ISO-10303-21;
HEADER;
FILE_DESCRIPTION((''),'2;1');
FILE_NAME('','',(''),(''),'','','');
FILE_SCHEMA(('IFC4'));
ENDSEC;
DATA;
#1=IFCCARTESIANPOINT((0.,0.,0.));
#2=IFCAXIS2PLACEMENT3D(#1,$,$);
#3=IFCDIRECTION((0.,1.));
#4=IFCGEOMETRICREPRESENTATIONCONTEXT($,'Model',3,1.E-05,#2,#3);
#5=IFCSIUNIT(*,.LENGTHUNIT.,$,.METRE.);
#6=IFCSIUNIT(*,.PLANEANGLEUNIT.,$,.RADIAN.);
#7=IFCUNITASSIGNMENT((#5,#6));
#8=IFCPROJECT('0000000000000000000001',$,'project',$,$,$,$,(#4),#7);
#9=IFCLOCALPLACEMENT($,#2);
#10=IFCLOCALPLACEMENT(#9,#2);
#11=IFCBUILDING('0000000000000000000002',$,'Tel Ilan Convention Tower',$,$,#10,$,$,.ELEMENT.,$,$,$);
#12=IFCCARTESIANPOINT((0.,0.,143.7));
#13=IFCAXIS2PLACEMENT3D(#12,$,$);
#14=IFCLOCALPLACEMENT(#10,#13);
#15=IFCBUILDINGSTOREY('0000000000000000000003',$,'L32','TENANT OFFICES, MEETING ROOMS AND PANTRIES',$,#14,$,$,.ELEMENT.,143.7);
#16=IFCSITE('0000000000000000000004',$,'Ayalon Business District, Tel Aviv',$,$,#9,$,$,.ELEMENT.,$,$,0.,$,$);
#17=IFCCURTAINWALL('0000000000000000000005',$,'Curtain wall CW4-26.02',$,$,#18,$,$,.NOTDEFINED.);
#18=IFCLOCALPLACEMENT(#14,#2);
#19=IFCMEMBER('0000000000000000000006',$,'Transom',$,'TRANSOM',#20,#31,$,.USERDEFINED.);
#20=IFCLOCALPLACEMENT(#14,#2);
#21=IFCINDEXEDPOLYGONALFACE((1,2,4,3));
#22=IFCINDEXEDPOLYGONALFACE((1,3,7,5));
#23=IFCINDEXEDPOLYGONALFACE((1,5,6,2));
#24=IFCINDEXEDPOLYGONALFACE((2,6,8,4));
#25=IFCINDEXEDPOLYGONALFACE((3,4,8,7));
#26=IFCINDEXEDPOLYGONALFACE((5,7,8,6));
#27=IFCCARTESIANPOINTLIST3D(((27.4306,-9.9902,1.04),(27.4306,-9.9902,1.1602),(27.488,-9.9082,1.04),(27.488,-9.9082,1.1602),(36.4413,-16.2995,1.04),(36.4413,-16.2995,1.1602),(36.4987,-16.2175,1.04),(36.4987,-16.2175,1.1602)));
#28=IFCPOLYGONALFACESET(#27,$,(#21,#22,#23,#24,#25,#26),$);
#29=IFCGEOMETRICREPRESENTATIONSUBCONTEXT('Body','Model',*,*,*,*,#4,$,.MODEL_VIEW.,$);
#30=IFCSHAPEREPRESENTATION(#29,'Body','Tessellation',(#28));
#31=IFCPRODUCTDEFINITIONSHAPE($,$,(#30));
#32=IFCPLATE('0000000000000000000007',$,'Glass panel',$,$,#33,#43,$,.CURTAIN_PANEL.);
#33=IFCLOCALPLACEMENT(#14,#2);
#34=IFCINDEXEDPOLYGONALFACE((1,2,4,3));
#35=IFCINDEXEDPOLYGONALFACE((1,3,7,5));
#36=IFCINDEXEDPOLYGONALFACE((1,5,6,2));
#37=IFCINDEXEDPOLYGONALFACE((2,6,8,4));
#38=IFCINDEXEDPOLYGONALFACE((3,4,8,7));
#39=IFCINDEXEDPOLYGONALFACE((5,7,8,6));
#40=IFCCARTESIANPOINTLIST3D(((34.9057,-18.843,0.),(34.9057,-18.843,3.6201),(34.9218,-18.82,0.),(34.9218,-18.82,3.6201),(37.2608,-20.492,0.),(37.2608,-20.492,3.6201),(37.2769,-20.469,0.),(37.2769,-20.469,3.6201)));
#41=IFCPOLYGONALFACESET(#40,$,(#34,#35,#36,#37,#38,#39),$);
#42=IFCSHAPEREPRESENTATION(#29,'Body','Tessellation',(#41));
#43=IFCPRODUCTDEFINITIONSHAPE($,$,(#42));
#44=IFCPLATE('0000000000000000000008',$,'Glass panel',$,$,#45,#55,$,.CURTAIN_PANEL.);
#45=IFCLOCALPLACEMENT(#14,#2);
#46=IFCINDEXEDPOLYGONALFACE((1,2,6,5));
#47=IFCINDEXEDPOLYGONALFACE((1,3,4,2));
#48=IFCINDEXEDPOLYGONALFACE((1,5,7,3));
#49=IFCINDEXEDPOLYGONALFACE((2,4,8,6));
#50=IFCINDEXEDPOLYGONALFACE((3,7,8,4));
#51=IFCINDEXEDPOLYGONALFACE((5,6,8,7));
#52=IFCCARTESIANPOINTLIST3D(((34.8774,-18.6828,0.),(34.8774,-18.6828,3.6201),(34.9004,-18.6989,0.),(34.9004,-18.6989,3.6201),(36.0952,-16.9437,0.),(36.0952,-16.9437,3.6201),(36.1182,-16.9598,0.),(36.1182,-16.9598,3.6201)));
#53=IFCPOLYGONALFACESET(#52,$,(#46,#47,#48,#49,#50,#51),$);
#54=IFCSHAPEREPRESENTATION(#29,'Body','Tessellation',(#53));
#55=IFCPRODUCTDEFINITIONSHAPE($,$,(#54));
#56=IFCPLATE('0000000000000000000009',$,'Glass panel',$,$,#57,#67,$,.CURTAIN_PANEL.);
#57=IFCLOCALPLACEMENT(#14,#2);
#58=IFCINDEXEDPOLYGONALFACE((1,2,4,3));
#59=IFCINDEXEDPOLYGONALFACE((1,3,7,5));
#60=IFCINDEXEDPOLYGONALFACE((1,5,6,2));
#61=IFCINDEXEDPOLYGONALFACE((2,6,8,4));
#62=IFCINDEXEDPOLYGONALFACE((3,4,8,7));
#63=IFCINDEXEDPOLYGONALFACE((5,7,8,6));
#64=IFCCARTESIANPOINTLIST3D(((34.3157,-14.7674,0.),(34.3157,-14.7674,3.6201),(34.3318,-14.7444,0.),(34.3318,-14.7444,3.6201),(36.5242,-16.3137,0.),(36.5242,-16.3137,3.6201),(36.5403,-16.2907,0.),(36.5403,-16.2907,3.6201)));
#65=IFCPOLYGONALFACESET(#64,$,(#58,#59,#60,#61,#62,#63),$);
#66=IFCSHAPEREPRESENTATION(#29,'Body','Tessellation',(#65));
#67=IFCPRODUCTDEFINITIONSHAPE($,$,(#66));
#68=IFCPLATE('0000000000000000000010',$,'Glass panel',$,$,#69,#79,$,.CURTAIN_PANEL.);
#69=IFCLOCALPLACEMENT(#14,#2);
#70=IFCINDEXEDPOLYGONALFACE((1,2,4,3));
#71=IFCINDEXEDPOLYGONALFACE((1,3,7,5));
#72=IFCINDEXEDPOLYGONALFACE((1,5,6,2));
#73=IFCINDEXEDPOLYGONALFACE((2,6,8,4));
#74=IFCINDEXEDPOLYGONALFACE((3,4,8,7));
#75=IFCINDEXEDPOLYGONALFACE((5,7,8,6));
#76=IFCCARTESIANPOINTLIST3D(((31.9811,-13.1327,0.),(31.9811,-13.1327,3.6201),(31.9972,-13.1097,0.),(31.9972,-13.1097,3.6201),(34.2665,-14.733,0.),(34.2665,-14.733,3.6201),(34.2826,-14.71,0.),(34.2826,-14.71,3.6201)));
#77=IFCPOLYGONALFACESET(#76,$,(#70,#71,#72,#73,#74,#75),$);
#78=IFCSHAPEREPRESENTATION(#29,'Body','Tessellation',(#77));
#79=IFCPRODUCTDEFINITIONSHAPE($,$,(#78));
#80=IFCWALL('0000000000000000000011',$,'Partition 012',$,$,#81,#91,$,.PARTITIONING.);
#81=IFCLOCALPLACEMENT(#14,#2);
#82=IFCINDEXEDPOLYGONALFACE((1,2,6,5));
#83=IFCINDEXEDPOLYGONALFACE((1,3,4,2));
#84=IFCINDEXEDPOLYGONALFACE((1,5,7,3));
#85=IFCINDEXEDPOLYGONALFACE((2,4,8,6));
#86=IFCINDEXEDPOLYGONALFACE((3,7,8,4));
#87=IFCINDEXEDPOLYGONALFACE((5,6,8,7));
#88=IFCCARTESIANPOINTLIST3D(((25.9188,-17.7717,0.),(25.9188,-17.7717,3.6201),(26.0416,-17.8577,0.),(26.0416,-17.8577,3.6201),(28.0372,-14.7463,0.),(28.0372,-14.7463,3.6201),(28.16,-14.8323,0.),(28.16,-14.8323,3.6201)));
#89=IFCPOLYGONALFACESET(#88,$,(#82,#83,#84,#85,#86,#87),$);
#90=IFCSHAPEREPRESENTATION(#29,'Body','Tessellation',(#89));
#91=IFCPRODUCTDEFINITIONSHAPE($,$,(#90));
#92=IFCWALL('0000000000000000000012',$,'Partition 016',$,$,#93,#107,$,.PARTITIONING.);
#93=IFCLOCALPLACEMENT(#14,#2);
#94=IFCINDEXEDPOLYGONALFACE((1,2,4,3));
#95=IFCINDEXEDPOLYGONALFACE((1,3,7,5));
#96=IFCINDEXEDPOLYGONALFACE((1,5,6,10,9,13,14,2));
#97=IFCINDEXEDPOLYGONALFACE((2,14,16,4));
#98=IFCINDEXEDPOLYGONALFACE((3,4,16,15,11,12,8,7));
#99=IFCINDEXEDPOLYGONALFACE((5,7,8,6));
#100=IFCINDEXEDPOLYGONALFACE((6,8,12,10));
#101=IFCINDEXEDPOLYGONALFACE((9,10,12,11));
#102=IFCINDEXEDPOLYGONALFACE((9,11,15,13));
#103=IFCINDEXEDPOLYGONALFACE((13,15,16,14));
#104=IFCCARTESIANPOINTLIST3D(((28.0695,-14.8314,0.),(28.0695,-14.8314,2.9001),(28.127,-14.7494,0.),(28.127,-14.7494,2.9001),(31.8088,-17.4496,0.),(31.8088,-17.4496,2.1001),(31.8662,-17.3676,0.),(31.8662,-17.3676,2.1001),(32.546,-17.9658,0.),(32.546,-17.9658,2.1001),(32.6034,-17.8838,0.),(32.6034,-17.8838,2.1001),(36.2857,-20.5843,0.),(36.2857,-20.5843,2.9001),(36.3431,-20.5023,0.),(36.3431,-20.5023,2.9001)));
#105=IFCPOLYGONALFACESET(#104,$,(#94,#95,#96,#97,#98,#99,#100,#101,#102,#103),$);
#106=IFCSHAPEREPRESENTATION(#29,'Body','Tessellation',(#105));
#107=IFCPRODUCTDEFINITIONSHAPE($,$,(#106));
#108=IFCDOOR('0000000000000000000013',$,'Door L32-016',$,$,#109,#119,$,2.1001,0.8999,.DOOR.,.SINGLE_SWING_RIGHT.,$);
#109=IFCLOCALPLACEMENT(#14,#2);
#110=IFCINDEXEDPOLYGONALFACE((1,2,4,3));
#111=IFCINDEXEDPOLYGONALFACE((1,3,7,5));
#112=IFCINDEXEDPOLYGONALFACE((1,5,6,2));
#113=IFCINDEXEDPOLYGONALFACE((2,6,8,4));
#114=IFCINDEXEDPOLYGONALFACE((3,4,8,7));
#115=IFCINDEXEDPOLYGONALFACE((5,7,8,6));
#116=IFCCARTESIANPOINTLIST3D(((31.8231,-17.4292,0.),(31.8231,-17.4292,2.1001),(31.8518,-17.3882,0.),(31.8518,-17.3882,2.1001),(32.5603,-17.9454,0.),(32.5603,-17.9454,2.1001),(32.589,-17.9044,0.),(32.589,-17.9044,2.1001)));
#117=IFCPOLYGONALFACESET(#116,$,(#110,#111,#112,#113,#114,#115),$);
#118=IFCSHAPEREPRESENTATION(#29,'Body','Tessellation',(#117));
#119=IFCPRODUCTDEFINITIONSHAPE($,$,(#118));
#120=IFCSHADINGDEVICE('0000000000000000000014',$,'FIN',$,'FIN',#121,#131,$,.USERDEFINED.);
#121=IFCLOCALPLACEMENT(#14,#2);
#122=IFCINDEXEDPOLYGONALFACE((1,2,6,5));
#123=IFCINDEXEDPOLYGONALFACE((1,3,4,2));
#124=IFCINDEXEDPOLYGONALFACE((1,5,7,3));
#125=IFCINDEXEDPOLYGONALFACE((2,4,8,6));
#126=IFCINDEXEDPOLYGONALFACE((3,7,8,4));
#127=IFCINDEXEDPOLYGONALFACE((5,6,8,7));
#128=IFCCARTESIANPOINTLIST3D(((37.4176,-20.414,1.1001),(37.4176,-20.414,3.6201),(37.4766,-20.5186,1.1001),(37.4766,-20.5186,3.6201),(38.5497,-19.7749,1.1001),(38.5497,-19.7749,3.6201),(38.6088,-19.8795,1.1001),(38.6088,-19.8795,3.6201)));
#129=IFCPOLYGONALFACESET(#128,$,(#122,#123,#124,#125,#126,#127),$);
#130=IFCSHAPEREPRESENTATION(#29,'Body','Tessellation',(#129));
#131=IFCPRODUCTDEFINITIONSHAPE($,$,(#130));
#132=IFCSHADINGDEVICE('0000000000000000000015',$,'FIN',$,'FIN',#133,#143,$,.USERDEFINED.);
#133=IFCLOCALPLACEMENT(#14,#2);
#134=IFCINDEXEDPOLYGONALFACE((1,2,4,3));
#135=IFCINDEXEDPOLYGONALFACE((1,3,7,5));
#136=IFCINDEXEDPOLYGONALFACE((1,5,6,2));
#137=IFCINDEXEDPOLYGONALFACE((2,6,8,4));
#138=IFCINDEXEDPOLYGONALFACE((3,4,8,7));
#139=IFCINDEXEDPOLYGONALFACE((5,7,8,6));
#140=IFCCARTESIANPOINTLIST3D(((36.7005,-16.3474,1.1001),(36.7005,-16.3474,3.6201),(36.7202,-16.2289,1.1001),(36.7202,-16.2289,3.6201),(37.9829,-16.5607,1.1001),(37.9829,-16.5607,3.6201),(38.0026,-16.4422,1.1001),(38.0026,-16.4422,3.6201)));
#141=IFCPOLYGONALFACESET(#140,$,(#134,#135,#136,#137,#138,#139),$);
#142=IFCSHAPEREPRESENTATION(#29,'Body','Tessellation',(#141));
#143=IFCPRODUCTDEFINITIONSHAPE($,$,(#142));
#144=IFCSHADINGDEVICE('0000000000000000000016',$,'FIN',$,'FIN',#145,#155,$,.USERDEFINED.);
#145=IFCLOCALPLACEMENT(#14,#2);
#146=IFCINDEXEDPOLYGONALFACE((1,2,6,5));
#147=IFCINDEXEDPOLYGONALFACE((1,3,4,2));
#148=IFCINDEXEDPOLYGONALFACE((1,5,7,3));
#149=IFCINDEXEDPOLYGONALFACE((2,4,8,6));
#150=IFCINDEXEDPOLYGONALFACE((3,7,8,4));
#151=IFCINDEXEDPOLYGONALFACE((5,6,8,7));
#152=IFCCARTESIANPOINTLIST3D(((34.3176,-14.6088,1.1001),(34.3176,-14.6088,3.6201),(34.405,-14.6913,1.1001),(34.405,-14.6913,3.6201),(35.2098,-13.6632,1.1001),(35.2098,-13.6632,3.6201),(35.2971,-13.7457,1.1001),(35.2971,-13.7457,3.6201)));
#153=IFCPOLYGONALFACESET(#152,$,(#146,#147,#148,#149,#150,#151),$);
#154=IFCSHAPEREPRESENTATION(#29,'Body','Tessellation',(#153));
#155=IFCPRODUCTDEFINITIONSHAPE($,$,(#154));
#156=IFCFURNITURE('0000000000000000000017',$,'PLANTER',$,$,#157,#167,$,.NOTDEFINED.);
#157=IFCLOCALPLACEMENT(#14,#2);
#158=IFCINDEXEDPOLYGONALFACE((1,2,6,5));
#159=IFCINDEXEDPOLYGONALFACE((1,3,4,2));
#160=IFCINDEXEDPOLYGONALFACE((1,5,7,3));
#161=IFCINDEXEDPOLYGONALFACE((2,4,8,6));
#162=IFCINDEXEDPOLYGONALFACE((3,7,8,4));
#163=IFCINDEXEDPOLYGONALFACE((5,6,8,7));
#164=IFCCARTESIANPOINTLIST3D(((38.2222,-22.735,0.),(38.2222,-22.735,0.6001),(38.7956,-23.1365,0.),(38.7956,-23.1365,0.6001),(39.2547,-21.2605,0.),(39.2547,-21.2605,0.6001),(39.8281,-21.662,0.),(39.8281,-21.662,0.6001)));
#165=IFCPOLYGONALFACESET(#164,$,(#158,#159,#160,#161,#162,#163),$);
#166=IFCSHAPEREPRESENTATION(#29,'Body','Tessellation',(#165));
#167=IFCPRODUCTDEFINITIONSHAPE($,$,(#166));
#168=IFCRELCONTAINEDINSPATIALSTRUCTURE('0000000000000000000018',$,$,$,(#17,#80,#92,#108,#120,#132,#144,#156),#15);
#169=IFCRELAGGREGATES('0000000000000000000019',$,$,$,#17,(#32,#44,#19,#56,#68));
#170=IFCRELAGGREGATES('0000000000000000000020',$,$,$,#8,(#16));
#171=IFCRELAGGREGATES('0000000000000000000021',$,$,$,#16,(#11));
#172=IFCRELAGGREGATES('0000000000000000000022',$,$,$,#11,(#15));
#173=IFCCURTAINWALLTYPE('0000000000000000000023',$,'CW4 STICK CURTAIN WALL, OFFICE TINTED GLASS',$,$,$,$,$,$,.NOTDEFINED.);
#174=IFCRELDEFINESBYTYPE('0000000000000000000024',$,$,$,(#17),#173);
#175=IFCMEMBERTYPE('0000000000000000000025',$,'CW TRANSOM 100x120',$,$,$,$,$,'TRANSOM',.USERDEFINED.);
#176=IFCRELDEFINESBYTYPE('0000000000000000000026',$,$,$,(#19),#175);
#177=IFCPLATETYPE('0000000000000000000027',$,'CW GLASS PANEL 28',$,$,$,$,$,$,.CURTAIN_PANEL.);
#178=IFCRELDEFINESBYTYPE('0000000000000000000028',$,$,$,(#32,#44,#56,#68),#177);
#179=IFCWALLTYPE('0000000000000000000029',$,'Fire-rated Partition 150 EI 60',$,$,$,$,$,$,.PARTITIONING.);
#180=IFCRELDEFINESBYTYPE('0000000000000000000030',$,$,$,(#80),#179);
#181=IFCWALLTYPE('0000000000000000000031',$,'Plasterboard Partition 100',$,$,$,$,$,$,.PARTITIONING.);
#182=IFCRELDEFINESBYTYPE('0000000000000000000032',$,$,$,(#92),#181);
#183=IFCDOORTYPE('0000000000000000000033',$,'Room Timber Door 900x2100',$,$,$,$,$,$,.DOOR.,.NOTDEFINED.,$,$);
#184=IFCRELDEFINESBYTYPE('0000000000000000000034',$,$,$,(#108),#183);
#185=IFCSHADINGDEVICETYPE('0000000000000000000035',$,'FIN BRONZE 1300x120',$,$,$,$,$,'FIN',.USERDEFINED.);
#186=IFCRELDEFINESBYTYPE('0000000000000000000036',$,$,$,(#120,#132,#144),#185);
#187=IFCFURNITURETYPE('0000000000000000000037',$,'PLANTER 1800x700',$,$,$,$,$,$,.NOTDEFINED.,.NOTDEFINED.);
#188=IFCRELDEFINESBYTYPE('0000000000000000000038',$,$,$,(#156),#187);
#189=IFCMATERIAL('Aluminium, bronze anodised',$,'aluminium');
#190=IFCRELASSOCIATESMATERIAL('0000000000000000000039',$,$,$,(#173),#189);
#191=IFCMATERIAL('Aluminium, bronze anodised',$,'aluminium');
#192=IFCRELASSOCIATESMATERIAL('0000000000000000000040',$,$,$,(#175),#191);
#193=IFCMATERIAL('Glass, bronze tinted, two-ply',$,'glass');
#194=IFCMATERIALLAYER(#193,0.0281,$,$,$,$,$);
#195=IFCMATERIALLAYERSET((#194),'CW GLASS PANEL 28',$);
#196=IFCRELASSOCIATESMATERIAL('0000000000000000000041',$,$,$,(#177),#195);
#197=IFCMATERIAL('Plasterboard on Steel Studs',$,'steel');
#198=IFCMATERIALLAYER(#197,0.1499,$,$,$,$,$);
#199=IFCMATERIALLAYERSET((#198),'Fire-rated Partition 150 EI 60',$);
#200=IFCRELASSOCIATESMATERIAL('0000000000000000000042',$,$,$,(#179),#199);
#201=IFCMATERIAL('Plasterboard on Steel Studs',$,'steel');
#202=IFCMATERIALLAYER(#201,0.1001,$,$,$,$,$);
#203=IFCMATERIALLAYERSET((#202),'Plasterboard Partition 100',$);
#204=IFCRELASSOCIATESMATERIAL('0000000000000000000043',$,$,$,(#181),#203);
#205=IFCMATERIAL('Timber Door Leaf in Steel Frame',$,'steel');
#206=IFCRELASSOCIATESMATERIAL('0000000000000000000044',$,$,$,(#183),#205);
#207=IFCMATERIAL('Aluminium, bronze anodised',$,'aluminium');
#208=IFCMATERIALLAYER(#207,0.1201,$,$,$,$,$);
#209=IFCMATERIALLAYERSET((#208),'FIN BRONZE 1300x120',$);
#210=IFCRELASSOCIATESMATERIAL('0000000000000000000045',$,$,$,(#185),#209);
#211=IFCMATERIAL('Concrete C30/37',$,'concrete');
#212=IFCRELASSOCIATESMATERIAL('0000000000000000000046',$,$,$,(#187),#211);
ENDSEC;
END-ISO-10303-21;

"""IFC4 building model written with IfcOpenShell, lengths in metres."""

from ifc_helpers import new_model, si_unit, direction, frame, frame_2d, origin, origin_2d, place, context, subcontext, project, spatial, rectangle, extrude, material, layer, layer_set, material_profile, profile_set, type_object, element, fill, aggregate, save


model = new_model("IFC4")

# Units and contexts
model_context = context("Model", 3, precision=1e-05, world=origin(), true_north=direction((0.0, 1.0)))
body_context = subcontext(model_context, "Body", "Model", "MODEL_VIEW")
ifc_project = project(units=[si_unit("LENGTHUNIT", "METRE"), si_unit("PLANEANGLEUNIT", "RADIAN")], contexts=[model_context])

# Site, building, storey
site_placement = place(None, origin())
site = spatial("IfcSite", under=ifc_project, at=site_placement, Name="Ayalon Business District, Tel Aviv", CompositionType="ELEMENT", RefElevation=0.0)
building_placement = place(site_placement, origin())
building = spatial("IfcBuilding", under=site, at=building_placement, Name="Tel Ilan Convention Tower", CompositionType="ELEMENT")
storey_placement = place(building_placement, frame((0.0, 0.0, 143.7)))
storey = spatial("IfcBuildingStorey", under=building, at=storey_placement, Name="L32", Description="TENANT OFFICES, MEETING ROOMS AND PANTRIES", CompositionType="ELEMENT", Elevation=143.7)

# Curtain wall, member, plates
ifc_material_1 = material(Name="Aluminium, bronze anodised", Category="aluminium")
curtain_wall_type = type_object("IfcCurtainWallType", Name="CW4 STICK CURTAIN WALL, OFFICE TINTED GLASS", PredefinedType="NOTDEFINED", material=ifc_material_1)
curtain_wall_placement = place(storey_placement, origin())
curtain_wall = element("IfcCurtainWall", 1, at=curtain_wall_placement, inside=storey, type_object=curtain_wall_type, Name="Curtain wall CW4-26.02", PredefinedType="NOTDEFINED")
ifc_material_2 = material(Name="Aluminium, bronze anodised", Category="aluminium")
ifc_material_profile_1 = material_profile(ifc_material_2, rectangle(XDim=0.1001, YDim=0.1201, at=origin_2d()), Name="CW TRANSOM 100x120")
ifc_profile_set_1 = profile_set([ifc_material_profile_1], Name="Aluminium, bronze anodised")
member_type_1 = type_object("IfcMemberType", Name="CW TRANSOM 100x120", ElementType="TRANSOM", PredefinedType="USERDEFINED", material=ifc_profile_set_1)
member_1_placement = place(storey_placement, frame((36.47, -16.2585, 1.1001), z_axis=(-0.819155, 0.573573, 0.0), x_axis=(-0.573573, -0.819155, 0.0)))
member_1 = element("IfcMember", 2, at=member_1_placement, type_object=member_type_1, Name="Transom", ObjectType="TRANSOM", PredefinedType="USERDEFINED", context=body_context, shape_type="SweptSolid", body=[
    extrude(rectangle(XDim=0.1001, YDim=0.1201, at=origin_2d()), origin(), (0.0, 0.0, 1.0), 11.0),
])
ifc_material_3 = material(Name="Glass, bronze tinted, two-ply", Category="glass")
ifc_layer_1 = layer(ifc_material_3, 0.0281)
ifc_layer_set_1 = layer_set([ifc_layer_1], Name="CW GLASS PANEL 28")
plate_type = type_object("IfcPlateType", Name="CW GLASS PANEL 28", PredefinedType="CURTAIN_PANEL", material=ifc_layer_set_1)
plate_1_placement = place(storey_placement, frame((36.0913, -19.656, 0.0), z_axis=(0.0, 0.0, 1.0), x_axis=(-0.819152, 0.573576, 0.0)))
plate_1 = element("IfcPlate", 3, at=plate_1_placement, type_object=plate_type, Name="Glass panel", PredefinedType="CURTAIN_PANEL", context=body_context, shape_type="SweptSolid", body=[
    extrude(rectangle(XDim=2.875, YDim=0.0281, at=origin_2d()), origin(), (0.0, 0.0, 1.0), 3.6201),
])
plate_2_placement = place(storey_placement, frame((35.4978, -17.8213, 0.0), z_axis=(0.0, 0.0, 1.0), x_axis=(0.573576, 0.819152, 0.0)))
plate_2 = element("IfcPlate", 4, at=plate_2_placement, type_object=plate_type, Name="Glass panel", PredefinedType="CURTAIN_PANEL", context=body_context, shape_type="SweptSolid", body=[
    extrude(rectangle(XDim=2.123, YDim=0.0281, at=origin_2d()), origin(), (0.0, 0.0, 1.0), 3.6201),
])
plate_3_placement = place(storey_placement, frame((35.428, -15.5291, 0.0), z_axis=(0.0, 0.0, 1.0), x_axis=(-0.819152, 0.573576, 0.0)))
plate_3 = element("IfcPlate", 5, at=plate_3_placement, type_object=plate_type, Name="Glass panel", PredefinedType="CURTAIN_PANEL", context=body_context, shape_type="SweptSolid", body=[
    extrude(rectangle(XDim=2.696, YDim=0.0281, at=origin_2d()), origin(), (0.0, 0.0, 1.0), 3.6201),
])
plate_4_placement = place(storey_placement, frame((33.1318, -13.9214, 0.0), z_axis=(0.0, 0.0, 1.0), x_axis=(-0.819152, 0.573576, 0.0)))
plate_4 = element("IfcPlate", 6, at=plate_4_placement, type_object=plate_type, Name="Glass panel", PredefinedType="CURTAIN_PANEL", context=body_context, shape_type="SweptSolid", body=[
    extrude(rectangle(XDim=2.79, YDim=0.0281, at=origin_2d()), origin(), (0.0, 0.0, 1.0), 3.6201),
])
aggregate(curtain_wall, [plate_1, plate_2, member_1, plate_3, plate_4])

# Wall
ifc_material_4 = material(Name="Plasterboard on Steel Studs", Category="steel")
ifc_layer_2 = layer(ifc_material_4, 0.1499)
ifc_layer_set_2 = layer_set([ifc_layer_2], Name="Fire-rated Partition 150 EI 60")
wall_type_1 = type_object("IfcWallType", Name="Fire-rated Partition 150 EI 60", PredefinedType="PARTITIONING", material=ifc_layer_set_2)
wall_1_placement = place(storey_placement, frame((28.0986, -14.7893, 0.0), z_axis=(0.0, 0.0, 1.0), x_axis=(-0.573578, -0.819151, 0.0)))
element("IfcWall", 7, at=wall_1_placement, inside=storey, type_object=wall_type_1, Name="Partition 012", PredefinedType="PARTITIONING", context=body_context, shape_type="SweptSolid", body=[
    extrude(rectangle(XDim=3.6934, YDim=0.1499, at=frame_2d((1.8467, 0.0))), origin(), (0.0, 0.0, 1.0), 3.6201),
])

# Wall, opening, door
ifc_material_5 = material(Name="Plasterboard on Steel Studs", Category="steel")
ifc_layer_3 = layer(ifc_material_5, 0.1001)
ifc_layer_set_3 = layer_set([ifc_layer_3], Name="Plasterboard Partition 100")
wall_type_2 = type_object("IfcWallType", Name="Plasterboard Partition 100", PredefinedType="PARTITIONING", material=ifc_layer_set_3)
wall_2_placement = place(storey_placement, frame((28.0981, -14.7903, 0.0), z_axis=(0.0, 0.0, 1.0), x_axis=(0.819153, -0.573575, 0.0)))
wall_2 = element("IfcWall", 8, at=wall_2_placement, inside=storey, type_object=wall_type_2, Name="Partition 016", PredefinedType="PARTITIONING", context=body_context, shape_type="SweptSolid", body=[
    extrude(rectangle(XDim=10.03, YDim=0.1001, at=frame_2d((5.0151, 0.0))), origin(), (0.0, 0.0, 1.0), 2.9001),
])
opening_placement = place(wall_2_placement, frame((4.5649, 0.0, 0.0)))
opening = element("IfcOpeningElement", 9, at=opening_placement, cuts=wall_2, PredefinedType="OPENING", context=body_context, shape_type="SweptSolid", body=[
    extrude(rectangle(XDim=0.8999, YDim=2.1001, at=frame_2d((0.45, 1.05))), frame((0.0, 0.0601, 0.0), z_axis=(0.0, -1.0, 0.0), x_axis=(1.0, 0.0, 0.0)), (0.0, 0.0, 1.0), 0.1201),
])
ifc_material_6 = material(Name="Timber Door Leaf in Steel Frame", Category="steel")
door_type = type_object("IfcDoorType", Name="Room Timber Door 900x2100", OperationType="NOTDEFINED", PredefinedType="DOOR", material=ifc_material_6)
door_placement = place(opening_placement, origin())
door = element("IfcDoor", 10, at=door_placement, inside=storey, type_object=door_type, Name="Door L32-016", OperationType="SINGLE_SWING_RIGHT", OverallHeight=2.1001, OverallWidth=0.8999, PredefinedType="DOOR", context=body_context, shape_type="SweptSolid", body=[
    extrude(rectangle(XDim=0.8999, YDim=2.1001, at=frame_2d((0.45, 1.05))), frame((0.0, 0.0249, 0.0), z_axis=(0.0, -1.0, 0.0), x_axis=(1.0, 0.0, 0.0)), (0.0, 0.0, 1.0), 0.05),
])
fill(opening, door)

# Shading devices
ifc_material_7 = material(Name="Aluminium, bronze anodised", Category="aluminium")
ifc_layer_4 = layer(ifc_material_7, 0.1201)
ifc_layer_set_4 = layer_set([ifc_layer_4], Name="FIN BRONZE 1300x120")
shading_device_type = type_object("IfcShadingDeviceType", Name="FIN BRONZE 1300x120", ElementType="FIN", PredefinedType="USERDEFINED", material=ifc_layer_set_4)
for number, where, z_axis, x_axis, name in (
    (11, (38.0132, -20.1467, 1.1001), (0.0, 0.0, 1.0), (0.870833, 0.491579, 0.0), "FIN"),
    (12, (37.3516, -16.3948, 1.1001), (0.0, 0.0, 1.0), (0.986445, -0.164091, 0.0), "FIN"),
    (13, (34.8074, -14.1772, 1.1001), (0.0, 0.0, 1.0), (0.686242, 0.727374, 0.0), "FIN"),
):
    element("IfcShadingDevice", number, at=place(storey_placement, frame(where, z_axis=z_axis, x_axis=x_axis)), inside=storey, type_object=shading_device_type, Name=name, ObjectType="FIN", PredefinedType="USERDEFINED", context=body_context, shape_type="SweptSolid", body=[
        extrude(rectangle(XDim=1.3, YDim=0.1201, at=origin_2d()), origin(), (0.0, 0.0, 1.0), 2.52),
    ])

# Furniture
ifc_material_8 = material(Name="Concrete C30/37", Category="concrete")
furniture_type = type_object("IfcFurnitureType", Name="PLANTER 1800x700", AssemblyPlace="NOTDEFINED", PredefinedType="NOTDEFINED", material=ifc_material_8)
furniture_placement = place(storey_placement, frame((39.0251, -22.1985, 0.0), z_axis=(0.0, 0.0, 1.0), x_axis=(-0.573576, -0.819152, 0.0)))
element("IfcFurniture", 14, at=furniture_placement, inside=storey, type_object=furniture_type, Name="PLANTER", PredefinedType="NOTDEFINED", context=body_context, shape_type="SweptSolid", body=[
    extrude(rectangle(XDim=1.8, YDim=0.7, at=origin_2d()), origin(), (0.0, 0.0, 1.0), 0.6001),
])

save(model, "model.ifc")
